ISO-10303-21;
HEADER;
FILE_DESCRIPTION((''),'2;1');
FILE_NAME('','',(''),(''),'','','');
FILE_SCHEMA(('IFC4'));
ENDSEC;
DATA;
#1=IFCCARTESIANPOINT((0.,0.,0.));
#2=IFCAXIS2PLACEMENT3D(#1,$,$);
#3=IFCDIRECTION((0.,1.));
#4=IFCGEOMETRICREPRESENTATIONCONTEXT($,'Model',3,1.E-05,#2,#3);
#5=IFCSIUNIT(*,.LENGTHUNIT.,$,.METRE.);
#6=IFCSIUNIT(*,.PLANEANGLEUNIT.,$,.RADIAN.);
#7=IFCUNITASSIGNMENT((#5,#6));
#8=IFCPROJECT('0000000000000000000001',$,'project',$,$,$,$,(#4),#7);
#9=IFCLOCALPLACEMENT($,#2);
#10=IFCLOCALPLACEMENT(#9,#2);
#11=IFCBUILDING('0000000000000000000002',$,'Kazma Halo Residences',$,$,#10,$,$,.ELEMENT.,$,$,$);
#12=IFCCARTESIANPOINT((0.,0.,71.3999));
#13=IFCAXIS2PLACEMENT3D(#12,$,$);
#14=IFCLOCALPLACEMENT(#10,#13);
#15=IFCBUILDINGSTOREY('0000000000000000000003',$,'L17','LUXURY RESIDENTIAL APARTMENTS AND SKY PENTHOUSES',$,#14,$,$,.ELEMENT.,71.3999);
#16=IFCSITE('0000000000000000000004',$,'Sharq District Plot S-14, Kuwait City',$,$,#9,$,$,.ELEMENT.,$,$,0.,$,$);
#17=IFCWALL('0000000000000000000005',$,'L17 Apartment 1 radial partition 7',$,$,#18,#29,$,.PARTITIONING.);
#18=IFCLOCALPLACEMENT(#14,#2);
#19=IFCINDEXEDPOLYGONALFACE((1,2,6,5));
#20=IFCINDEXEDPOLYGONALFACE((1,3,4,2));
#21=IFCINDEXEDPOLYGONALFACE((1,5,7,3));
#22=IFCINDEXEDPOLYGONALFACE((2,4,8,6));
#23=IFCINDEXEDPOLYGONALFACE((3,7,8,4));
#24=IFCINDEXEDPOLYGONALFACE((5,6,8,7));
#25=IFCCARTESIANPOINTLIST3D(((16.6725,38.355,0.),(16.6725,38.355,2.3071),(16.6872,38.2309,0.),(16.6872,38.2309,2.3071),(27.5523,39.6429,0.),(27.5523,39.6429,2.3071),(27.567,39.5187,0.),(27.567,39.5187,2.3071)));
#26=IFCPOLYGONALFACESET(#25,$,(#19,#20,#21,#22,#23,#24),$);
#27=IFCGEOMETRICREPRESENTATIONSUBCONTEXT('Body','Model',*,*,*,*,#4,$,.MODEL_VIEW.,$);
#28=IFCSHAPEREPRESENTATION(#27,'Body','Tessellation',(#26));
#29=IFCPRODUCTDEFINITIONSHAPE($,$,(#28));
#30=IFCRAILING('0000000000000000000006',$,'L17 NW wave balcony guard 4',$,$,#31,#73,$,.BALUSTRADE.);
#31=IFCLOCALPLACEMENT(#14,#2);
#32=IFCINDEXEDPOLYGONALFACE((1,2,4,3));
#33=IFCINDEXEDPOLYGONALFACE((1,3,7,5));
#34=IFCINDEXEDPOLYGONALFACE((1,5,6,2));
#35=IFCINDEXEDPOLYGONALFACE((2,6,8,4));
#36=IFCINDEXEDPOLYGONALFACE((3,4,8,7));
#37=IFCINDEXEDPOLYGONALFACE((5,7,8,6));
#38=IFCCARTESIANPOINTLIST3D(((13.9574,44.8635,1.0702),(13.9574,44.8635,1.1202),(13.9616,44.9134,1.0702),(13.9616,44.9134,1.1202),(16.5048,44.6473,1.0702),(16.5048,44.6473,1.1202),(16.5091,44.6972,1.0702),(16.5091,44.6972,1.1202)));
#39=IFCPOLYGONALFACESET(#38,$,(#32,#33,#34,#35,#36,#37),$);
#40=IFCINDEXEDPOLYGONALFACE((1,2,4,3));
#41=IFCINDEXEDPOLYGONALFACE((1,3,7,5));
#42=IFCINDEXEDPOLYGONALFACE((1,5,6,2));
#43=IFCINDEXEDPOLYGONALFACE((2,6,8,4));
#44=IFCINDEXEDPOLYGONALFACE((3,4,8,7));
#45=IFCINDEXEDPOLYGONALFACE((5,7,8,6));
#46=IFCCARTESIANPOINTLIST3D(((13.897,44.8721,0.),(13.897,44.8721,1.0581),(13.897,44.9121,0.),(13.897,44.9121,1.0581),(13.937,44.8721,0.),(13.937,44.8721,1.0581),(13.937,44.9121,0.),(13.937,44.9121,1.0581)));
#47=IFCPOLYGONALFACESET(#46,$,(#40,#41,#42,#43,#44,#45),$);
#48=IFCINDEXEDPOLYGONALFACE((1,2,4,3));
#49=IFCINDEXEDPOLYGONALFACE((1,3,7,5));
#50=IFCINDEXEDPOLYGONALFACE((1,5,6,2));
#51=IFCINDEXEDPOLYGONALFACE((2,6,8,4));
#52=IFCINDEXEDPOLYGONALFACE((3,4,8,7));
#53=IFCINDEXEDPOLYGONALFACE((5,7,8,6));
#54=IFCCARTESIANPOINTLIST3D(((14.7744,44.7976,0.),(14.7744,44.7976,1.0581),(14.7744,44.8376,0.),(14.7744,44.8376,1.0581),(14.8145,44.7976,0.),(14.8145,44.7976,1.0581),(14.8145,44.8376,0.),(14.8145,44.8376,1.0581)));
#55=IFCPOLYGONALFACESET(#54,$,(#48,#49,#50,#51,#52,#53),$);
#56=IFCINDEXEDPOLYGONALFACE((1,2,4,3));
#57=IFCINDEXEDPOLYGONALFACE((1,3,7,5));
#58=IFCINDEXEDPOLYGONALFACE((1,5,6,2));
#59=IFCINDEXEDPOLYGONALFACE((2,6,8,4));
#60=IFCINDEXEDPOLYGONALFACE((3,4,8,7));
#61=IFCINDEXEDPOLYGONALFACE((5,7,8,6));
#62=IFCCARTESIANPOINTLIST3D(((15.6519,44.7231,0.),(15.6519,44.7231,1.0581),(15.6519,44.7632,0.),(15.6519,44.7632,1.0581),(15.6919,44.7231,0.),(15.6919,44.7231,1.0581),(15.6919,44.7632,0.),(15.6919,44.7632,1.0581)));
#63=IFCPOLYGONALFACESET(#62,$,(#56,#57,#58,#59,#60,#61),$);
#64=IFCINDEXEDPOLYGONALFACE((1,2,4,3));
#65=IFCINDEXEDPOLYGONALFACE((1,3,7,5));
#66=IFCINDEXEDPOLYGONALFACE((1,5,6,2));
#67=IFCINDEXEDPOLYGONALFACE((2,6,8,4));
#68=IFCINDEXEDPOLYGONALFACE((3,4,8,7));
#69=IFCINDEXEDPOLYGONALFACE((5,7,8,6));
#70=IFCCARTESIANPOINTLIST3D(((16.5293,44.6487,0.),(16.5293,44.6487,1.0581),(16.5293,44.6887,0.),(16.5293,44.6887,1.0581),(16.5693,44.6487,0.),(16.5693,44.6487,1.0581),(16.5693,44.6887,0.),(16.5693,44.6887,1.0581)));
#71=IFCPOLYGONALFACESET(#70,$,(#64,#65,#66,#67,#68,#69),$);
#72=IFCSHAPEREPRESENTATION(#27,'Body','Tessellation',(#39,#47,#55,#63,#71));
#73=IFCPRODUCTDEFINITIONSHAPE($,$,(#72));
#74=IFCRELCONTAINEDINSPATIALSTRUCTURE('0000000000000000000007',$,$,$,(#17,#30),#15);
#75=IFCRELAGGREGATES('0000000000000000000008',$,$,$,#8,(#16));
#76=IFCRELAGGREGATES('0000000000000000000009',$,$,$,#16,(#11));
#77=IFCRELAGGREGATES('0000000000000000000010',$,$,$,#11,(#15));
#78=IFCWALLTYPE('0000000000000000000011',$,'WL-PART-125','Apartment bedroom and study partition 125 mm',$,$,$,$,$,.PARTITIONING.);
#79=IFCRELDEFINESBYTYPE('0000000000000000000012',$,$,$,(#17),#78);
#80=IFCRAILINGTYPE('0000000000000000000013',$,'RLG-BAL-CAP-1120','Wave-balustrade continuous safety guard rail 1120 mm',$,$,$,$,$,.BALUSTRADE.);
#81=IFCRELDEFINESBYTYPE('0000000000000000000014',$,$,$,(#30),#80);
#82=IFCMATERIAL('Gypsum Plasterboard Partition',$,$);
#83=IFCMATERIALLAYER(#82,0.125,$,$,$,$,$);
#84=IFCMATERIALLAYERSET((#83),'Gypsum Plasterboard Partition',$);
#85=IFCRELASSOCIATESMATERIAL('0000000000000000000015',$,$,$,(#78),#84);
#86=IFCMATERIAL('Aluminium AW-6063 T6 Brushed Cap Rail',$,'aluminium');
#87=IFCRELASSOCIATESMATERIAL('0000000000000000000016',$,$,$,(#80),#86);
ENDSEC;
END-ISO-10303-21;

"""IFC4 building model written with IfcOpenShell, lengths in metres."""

from ifc_helpers import new_model, si_unit, direction, frame, frame_2d, origin, origin_2d, place, context, subcontext, project, spatial, rectangle, extrude, material, layer, layer_set, type_object, element, save


model = new_model("IFC4")

# Units and contexts
model_context = context("Model", 3, precision=1e-05, world=origin(), true_north=direction((0.0, 1.0)))
body_context = subcontext(model_context, "Body", "Model", "MODEL_VIEW")
ifc_project = project(units=[si_unit("LENGTHUNIT", "METRE"), si_unit("PLANEANGLEUNIT", "RADIAN")], contexts=[model_context])

# Site, building, storey
site_placement = place(None, origin())
site = spatial("IfcSite", under=ifc_project, at=site_placement, Name="Sharq District Plot S-14, Kuwait City", CompositionType="ELEMENT", RefElevation=0.0)
building_placement = place(site_placement, origin())
building = spatial("IfcBuilding", under=site, at=building_placement, Name="Kazma Halo Residences", CompositionType="ELEMENT")
storey_placement = place(building_placement, frame((0.0, 0.0, 71.3999)))
storey = spatial("IfcBuildingStorey", under=building, at=storey_placement, Name="L17", Description="LUXURY RESIDENTIAL APARTMENTS AND SKY PENTHOUSES", CompositionType="ELEMENT", Elevation=71.3999)

# Shared definitions
ifc_material_1 = material(Name="Gypsum Plasterboard Partition")
ifc_layer_1 = layer(ifc_material_1, 0.125)
ifc_layer_set_1 = layer_set([ifc_layer_1], Name="Gypsum Plasterboard Partition")
wall_type_1 = type_object("IfcWallType", Name="WL-PART-125", Description="Apartment bedroom and study partition 125 mm", PredefinedType="PARTITIONING", material=ifc_layer_set_1)

# Wall
wall_1_placement = place(storey_placement, frame((27.5598, 39.5808, 0.0), z_axis=(0.0, 0.0, 1.0), x_axis=(-0.993067, -0.117548, 0.0)))
element("IfcWall", 1, at=wall_1_placement, inside=storey, type_object=wall_type_1, Name="L17 Apartment 1 radial partition 7", PredefinedType="PARTITIONING", context=body_context, shape_type="SweptSolid", body=[
    extrude(rectangle(XDim=10.9558, YDim=0.125, at=frame_2d((5.478, 0.0))), origin(), (0.0, 0.0, 1.0), 2.3071),
])

# Railing
ifc_material_2 = material(Name="Aluminium AW-6063 T6 Brushed Cap Rail", Category="aluminium")
railing_type = type_object("IfcRailingType", Name="RLG-BAL-CAP-1120", Description="Wave-balustrade continuous safety guard rail 1120 mm", PredefinedType="BALUSTRADE", material=ifc_material_2)
railing_placement = place(storey_placement, frame((13.917, 44.8921, 0.0)))
element("IfcRailing", 2, at=railing_placement, inside=storey, type_object=railing_type, Name="L17 NW wave balcony guard 4", PredefinedType="BALUSTRADE", context=body_context, shape_type="SweptSolid", body=[
    extrude(rectangle(XDim=0.05, YDim=0.05, at=origin_2d()), frame((0.0425, -0.0037, 1.0952), z_axis=(0.996418, -0.08456, 0.0), x_axis=(0.08456, 0.996418, 0.0)), (0.0, 0.0, 1.0), 2.5566),
    extrude(rectangle(XDim=0.04, YDim=0.04, at=origin_2d()), origin(), (0.0, 0.0, 1.0), 1.0581),
    extrude(rectangle(XDim=0.04, YDim=0.04, at=origin_2d()), frame((0.8774, -0.0745, 0.0)), (0.0, 0.0, 1.0), 1.0581),
    extrude(rectangle(XDim=0.04, YDim=0.04, at=origin_2d()), frame((1.7549, -0.1489, 0.0)), (0.0, 0.0, 1.0), 1.0581),
    extrude(rectangle(XDim=0.04, YDim=0.04, at=origin_2d()), frame((2.6323, -0.2234, 0.0)), (0.0, 0.0, 1.0), 1.0581),
])

save(model, "model.ifc")
